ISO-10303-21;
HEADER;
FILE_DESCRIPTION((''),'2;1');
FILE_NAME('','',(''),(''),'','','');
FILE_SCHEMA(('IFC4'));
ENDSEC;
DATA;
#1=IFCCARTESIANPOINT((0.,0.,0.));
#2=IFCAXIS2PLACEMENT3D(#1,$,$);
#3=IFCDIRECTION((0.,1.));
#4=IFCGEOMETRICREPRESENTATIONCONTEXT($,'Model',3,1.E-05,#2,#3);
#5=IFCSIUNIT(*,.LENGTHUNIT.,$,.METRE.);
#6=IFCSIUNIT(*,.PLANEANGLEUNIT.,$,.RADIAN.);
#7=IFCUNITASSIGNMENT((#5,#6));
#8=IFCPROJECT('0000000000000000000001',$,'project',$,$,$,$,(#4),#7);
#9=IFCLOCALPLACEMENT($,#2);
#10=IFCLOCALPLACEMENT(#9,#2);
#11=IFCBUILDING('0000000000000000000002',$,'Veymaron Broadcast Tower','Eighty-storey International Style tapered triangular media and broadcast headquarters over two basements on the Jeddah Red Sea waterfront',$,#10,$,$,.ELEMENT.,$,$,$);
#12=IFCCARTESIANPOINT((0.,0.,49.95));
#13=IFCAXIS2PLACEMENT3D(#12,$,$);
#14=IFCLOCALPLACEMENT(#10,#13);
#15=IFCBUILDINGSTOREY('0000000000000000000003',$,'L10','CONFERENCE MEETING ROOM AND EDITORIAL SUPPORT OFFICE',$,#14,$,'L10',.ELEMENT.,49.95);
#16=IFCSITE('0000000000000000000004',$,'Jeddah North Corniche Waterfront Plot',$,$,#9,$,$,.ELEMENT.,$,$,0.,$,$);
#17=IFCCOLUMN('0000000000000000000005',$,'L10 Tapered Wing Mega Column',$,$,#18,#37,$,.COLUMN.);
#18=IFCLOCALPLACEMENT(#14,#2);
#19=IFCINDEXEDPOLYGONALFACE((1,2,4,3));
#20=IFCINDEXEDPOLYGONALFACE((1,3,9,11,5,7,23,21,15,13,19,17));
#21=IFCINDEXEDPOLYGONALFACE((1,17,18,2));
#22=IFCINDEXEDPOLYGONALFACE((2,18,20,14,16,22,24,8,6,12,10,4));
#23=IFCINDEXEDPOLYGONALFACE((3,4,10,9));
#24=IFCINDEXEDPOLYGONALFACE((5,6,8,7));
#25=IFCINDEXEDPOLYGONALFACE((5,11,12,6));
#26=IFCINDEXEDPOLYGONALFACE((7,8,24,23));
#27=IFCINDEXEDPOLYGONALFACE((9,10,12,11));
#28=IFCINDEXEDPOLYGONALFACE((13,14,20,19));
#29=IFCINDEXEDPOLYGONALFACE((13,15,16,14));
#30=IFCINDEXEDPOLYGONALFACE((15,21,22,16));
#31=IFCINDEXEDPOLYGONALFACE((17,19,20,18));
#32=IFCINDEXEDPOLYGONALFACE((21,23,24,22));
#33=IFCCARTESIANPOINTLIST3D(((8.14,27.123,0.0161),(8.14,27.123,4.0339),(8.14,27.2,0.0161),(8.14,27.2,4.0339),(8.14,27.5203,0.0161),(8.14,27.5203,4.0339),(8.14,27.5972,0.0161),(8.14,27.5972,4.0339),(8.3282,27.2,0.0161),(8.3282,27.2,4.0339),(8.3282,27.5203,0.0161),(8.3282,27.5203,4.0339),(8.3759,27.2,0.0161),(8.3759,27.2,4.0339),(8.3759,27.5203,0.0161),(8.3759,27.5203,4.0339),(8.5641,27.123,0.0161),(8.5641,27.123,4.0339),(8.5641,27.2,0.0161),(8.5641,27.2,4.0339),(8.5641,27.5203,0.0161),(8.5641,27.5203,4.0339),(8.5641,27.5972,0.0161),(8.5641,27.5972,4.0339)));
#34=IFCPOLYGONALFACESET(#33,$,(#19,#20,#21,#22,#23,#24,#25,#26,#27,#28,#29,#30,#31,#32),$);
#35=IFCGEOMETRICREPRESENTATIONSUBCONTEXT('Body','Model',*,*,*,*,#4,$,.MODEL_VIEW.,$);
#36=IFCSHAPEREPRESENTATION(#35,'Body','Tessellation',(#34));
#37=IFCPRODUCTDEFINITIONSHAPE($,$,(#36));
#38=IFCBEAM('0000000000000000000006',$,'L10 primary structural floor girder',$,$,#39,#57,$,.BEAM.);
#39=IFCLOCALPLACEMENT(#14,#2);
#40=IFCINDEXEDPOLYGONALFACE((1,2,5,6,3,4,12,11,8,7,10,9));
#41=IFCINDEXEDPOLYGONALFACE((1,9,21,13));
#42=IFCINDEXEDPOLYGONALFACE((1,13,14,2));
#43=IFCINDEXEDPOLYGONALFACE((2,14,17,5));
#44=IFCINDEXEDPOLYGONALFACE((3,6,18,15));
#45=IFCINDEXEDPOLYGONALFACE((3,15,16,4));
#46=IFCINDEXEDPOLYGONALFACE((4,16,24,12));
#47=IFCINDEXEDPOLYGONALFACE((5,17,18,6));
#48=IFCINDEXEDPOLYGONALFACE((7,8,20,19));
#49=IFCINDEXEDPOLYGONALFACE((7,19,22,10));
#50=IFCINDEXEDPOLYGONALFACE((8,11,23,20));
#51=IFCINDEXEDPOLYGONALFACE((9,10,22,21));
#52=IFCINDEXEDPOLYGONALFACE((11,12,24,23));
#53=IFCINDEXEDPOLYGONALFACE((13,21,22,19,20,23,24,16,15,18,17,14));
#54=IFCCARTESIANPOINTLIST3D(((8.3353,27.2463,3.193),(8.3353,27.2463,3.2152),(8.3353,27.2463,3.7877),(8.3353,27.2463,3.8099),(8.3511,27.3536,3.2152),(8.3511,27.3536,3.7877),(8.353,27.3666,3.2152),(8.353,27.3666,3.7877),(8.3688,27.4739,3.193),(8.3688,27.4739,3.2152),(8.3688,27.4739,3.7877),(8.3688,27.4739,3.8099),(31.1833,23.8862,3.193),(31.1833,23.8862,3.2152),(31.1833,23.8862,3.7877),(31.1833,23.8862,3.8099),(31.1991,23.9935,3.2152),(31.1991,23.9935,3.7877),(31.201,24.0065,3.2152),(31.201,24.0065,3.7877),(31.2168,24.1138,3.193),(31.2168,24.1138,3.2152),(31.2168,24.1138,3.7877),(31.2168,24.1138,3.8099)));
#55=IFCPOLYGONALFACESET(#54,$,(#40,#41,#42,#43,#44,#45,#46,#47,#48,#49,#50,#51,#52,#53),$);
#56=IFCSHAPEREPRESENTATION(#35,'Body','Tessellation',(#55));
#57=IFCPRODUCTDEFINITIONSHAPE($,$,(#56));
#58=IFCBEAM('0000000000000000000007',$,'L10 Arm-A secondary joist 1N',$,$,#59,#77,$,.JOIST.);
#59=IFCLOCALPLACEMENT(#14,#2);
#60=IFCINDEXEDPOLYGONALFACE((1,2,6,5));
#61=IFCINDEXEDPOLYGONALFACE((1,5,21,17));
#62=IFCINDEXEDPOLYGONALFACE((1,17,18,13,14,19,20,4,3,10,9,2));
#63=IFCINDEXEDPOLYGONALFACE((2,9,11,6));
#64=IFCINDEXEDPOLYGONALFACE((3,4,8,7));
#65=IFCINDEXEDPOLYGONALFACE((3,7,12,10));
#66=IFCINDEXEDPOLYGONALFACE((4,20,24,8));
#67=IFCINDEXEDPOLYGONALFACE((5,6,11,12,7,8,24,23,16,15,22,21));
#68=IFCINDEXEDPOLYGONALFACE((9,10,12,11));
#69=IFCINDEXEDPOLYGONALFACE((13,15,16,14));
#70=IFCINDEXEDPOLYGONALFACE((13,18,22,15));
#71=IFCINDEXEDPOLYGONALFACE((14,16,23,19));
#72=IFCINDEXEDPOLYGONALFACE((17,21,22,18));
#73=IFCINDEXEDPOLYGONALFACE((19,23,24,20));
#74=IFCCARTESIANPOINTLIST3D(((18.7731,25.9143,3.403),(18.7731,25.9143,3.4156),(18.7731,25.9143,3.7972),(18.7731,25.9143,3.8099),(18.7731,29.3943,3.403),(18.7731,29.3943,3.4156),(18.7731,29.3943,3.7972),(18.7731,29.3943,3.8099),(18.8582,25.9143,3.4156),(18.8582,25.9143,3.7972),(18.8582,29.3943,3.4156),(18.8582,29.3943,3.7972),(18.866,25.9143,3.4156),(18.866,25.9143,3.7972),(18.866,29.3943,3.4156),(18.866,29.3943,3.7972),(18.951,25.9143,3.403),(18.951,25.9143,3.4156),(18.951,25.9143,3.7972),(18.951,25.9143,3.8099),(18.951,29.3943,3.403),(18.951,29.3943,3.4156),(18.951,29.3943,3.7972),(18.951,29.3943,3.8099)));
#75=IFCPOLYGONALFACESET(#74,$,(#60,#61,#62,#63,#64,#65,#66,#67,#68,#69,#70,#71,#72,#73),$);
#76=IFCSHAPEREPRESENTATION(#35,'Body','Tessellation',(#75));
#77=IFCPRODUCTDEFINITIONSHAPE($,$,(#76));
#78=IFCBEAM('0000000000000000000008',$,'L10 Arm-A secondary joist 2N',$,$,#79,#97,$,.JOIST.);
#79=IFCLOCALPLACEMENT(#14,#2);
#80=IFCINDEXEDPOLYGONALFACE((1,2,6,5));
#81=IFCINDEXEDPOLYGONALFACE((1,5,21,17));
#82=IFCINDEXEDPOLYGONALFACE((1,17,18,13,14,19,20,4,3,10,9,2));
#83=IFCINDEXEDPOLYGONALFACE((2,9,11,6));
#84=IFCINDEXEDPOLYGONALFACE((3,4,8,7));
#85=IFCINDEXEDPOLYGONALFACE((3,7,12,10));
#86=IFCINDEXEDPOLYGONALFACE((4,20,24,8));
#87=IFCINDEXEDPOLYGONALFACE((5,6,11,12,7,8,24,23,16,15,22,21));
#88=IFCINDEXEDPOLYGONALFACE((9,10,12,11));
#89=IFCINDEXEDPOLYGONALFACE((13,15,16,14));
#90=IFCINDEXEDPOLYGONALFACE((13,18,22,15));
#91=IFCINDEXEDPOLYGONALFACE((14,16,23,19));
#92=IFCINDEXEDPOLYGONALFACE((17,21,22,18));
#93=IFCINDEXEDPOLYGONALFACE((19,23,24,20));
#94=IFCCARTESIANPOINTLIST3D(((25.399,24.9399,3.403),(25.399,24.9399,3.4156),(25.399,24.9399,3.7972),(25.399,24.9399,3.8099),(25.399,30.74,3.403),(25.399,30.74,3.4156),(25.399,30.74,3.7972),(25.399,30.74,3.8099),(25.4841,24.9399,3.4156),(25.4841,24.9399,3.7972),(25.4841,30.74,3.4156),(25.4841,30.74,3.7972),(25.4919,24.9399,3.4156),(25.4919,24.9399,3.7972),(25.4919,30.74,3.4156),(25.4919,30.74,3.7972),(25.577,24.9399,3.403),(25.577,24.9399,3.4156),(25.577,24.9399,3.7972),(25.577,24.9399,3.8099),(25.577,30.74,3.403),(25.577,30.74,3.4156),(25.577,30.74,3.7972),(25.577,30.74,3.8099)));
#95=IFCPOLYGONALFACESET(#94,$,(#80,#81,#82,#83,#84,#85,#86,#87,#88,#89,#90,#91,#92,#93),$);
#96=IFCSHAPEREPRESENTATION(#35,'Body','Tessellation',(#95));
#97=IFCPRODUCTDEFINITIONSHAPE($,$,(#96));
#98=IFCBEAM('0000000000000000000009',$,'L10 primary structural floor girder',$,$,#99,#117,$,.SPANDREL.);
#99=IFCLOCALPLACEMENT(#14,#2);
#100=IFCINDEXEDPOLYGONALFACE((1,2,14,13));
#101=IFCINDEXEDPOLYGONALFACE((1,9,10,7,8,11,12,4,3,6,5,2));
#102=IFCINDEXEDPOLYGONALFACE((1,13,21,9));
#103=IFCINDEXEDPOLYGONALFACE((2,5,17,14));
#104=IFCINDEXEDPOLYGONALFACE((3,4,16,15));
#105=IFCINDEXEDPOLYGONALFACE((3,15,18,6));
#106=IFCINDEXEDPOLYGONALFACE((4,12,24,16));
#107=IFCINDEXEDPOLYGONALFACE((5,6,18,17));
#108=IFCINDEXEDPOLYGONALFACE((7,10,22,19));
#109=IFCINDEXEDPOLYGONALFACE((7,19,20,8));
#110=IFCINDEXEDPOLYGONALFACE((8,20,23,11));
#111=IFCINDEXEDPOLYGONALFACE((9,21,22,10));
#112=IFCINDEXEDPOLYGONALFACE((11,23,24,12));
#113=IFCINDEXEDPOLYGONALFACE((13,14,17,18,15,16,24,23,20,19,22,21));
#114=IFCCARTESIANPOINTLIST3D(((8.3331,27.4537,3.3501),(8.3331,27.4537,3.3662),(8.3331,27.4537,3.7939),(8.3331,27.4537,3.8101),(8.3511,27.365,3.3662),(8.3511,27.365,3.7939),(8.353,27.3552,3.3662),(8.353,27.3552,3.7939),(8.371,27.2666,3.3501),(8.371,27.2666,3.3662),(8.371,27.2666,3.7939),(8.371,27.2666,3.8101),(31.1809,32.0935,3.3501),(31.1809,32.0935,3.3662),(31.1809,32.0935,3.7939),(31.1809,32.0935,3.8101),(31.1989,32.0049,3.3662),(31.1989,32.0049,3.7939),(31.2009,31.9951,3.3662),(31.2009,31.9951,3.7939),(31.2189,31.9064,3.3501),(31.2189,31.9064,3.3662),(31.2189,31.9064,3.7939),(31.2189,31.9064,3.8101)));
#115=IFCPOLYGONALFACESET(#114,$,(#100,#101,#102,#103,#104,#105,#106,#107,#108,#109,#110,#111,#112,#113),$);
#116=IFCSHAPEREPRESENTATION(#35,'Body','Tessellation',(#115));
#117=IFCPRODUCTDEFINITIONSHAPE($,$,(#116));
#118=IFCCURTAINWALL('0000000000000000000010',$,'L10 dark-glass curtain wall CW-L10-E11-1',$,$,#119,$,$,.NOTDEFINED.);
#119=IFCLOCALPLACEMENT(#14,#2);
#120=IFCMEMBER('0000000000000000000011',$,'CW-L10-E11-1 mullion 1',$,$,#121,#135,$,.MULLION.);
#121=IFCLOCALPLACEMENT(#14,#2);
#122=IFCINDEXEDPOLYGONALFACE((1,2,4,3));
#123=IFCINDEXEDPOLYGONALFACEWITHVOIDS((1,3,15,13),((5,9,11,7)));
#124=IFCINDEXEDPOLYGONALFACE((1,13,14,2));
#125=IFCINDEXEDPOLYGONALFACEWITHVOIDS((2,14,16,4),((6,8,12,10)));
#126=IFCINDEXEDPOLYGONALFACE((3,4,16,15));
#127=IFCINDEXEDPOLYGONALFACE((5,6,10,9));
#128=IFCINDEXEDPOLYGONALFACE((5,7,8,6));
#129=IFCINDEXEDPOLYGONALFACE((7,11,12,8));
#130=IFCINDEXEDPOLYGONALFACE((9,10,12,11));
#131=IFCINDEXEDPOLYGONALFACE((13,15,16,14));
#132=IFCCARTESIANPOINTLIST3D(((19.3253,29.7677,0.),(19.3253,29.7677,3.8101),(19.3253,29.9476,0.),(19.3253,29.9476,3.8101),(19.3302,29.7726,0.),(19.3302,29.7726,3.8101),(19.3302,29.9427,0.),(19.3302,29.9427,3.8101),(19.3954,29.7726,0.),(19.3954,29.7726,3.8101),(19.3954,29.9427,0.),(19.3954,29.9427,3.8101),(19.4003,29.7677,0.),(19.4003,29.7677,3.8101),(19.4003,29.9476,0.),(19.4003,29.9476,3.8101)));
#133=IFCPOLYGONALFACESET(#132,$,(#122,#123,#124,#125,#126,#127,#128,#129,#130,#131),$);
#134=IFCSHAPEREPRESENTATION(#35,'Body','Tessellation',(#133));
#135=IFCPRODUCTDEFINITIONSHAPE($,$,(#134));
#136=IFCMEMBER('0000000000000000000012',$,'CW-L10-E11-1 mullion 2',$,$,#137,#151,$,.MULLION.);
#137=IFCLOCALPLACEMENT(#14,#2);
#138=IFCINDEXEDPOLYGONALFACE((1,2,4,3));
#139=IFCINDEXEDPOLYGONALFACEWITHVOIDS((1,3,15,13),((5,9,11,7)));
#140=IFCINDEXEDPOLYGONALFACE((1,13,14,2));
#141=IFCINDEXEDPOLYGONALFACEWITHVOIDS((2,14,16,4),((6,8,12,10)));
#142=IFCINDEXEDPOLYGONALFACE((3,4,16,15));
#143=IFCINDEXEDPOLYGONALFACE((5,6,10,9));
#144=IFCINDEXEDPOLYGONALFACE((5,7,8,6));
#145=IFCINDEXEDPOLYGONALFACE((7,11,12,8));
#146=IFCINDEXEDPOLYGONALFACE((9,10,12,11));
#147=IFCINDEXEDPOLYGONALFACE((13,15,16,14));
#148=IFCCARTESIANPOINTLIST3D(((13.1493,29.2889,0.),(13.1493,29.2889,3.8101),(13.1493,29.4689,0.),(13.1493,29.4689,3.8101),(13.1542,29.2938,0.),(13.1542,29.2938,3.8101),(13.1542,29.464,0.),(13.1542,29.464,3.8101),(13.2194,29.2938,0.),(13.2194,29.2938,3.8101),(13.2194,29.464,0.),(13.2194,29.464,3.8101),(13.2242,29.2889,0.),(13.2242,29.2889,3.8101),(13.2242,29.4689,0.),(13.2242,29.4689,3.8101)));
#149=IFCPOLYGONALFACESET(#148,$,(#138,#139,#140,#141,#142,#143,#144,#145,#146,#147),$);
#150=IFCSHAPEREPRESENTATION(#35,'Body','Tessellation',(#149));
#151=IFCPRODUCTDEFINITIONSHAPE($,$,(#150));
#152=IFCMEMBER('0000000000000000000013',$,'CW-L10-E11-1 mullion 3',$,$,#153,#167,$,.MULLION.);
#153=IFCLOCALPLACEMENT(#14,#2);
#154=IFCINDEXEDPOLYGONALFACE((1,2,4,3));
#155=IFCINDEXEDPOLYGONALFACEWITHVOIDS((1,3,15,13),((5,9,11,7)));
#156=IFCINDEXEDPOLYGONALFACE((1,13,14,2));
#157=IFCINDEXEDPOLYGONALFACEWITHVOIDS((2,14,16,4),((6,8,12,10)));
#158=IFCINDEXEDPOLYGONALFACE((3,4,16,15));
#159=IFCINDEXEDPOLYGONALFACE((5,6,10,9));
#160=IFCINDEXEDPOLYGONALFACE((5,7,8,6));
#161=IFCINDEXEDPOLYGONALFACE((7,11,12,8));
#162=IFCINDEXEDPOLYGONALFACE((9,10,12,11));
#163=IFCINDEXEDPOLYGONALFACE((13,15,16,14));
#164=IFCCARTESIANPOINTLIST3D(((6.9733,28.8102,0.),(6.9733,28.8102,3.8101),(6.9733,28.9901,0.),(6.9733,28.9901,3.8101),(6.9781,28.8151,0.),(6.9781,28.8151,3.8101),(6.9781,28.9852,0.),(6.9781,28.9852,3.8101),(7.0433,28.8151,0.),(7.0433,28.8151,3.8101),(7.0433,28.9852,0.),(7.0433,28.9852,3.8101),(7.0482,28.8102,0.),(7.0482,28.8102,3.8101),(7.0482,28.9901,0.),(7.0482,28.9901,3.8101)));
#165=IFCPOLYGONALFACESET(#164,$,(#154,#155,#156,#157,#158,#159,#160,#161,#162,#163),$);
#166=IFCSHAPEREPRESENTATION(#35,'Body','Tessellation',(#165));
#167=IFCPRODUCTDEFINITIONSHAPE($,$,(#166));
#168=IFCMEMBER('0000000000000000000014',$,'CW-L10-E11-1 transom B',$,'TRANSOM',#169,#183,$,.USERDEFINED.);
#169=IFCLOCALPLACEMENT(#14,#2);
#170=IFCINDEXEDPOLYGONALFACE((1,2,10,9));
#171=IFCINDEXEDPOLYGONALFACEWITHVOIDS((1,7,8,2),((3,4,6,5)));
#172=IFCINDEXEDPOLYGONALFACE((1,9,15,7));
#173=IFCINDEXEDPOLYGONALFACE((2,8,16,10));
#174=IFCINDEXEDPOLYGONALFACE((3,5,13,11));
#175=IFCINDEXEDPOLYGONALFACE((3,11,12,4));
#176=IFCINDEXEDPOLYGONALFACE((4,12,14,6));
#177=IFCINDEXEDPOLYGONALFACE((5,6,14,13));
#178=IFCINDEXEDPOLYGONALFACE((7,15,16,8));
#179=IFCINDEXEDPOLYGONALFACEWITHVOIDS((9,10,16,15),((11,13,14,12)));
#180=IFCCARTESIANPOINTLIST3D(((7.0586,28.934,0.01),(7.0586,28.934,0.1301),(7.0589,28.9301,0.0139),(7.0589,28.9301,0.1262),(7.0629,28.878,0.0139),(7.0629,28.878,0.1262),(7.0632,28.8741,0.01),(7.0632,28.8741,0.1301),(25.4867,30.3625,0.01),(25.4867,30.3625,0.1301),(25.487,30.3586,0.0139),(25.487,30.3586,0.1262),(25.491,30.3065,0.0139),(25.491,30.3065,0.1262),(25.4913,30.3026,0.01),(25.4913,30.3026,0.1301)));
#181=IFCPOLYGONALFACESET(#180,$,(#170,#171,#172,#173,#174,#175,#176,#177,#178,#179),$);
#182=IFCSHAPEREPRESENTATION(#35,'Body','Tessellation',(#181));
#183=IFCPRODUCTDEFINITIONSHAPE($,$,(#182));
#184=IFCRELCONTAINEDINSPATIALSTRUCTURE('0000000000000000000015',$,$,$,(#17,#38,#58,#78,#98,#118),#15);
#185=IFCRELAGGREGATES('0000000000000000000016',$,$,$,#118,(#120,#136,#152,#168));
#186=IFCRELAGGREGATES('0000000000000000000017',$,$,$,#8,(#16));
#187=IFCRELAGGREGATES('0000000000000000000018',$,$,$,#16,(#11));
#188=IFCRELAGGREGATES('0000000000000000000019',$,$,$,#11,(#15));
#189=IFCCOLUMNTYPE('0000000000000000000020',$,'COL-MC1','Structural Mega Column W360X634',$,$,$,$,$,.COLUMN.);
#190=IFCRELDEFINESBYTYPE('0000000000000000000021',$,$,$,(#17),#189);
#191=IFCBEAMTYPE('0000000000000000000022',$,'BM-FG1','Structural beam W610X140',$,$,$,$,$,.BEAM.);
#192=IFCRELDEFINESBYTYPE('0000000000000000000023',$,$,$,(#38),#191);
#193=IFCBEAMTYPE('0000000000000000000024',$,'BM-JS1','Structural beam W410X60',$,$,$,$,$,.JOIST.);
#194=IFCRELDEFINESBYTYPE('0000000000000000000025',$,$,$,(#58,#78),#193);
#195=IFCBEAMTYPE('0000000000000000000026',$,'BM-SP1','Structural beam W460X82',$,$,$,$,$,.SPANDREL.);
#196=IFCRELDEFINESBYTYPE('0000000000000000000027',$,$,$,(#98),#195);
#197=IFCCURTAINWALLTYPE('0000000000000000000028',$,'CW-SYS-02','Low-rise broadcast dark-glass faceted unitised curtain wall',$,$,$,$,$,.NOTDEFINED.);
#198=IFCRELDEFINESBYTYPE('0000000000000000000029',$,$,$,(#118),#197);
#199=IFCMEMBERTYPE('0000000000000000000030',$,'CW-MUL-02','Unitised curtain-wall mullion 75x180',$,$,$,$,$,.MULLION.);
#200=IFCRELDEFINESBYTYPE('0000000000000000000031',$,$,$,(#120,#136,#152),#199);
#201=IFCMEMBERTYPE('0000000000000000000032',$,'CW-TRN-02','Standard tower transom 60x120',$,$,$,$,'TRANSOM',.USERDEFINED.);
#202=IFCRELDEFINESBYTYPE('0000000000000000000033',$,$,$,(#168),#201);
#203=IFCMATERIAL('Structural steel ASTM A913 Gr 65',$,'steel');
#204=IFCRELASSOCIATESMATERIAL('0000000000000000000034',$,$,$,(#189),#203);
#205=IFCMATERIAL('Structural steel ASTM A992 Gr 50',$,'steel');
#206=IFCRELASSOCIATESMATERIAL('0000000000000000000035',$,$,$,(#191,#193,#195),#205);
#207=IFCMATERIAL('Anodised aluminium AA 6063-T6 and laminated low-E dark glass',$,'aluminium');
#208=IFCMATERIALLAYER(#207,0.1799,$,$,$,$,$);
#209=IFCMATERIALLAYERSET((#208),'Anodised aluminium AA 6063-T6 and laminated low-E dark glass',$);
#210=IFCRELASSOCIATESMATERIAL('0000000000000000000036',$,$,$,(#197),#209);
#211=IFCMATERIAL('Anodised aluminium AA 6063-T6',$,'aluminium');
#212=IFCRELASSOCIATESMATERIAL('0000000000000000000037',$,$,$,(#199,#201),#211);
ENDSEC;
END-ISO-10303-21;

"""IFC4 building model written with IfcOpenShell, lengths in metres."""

from ifc_helpers import new_model, si_unit, direction, frame, origin, origin_2d, place, context, subcontext, project, spatial, hollow_rectangle, i_section, extrude, material, layer, layer_set, material_profile, profile_set, type_object, element, aggregate, save


model = new_model("IFC4")

# Units and contexts
model_context = context("Model", 3, precision=1e-05, world=origin(), true_north=direction((0.0, 1.0)))
body_context = subcontext(model_context, "Body", "Model", "MODEL_VIEW")
ifc_project = project(units=[si_unit("LENGTHUNIT", "METRE"), si_unit("PLANEANGLEUNIT", "RADIAN")], contexts=[model_context])

# Site, building, storey
site_placement = place(None, origin())
site = spatial("IfcSite", under=ifc_project, at=site_placement, Name="Jeddah North Corniche Waterfront Plot", CompositionType="ELEMENT", RefElevation=0.0)
building_placement = place(site_placement, origin())
building = spatial("IfcBuilding", under=site, at=building_placement, Name="Veymaron Broadcast Tower", Description="Eighty-storey International Style tapered triangular media and broadcast headquarters over two basements on the Jeddah Red Sea waterfront", CompositionType="ELEMENT")
storey_placement = place(building_placement, frame((0.0, 0.0, 49.95)))
storey = spatial("IfcBuildingStorey", under=building, at=storey_placement, Name="L10", Description="CONFERENCE MEETING ROOM AND EDITORIAL SUPPORT OFFICE", LongName="L10", CompositionType="ELEMENT", Elevation=49.95)

# Column
ifc_material_1 = material(Name="Structural steel ASTM A913 Gr 65", Category="steel")
ifc_material_profile_1 = material_profile(ifc_material_1, i_section(OverallWidth=0.4241, OverallDepth=0.4741, WebThickness=0.0476, FlangeThickness=0.0769, at=origin_2d()), Name="W360X634")
ifc_profile_set_1 = profile_set([ifc_material_profile_1], Name="Structural steel ASTM A913 Gr 65")
column_type = type_object("IfcColumnType", Name="COL-MC1", Description="Structural Mega Column W360X634", PredefinedType="COLUMN", material=ifc_profile_set_1)
column_placement = place(storey_placement, frame((8.3521, 27.3601, 0.0161), z_axis=(0.0, 0.0, 1.0), x_axis=(1.0, 0.0, 0.0)))
element("IfcColumn", 1, at=column_placement, inside=storey, type_object=column_type, Name="L10 Tapered Wing Mega Column", PredefinedType="COLUMN", context=body_context, shape_type="SweptSolid", body=[
    extrude(i_section(OverallWidth=0.4241, OverallDepth=0.4741, WebThickness=0.0476, FlangeThickness=0.0769, at=origin_2d()), origin(), (0.0, 0.0, 1.0), 4.0178),
])

# Beams
ifc_material_2 = material(Name="Structural steel ASTM A992 Gr 50", Category="steel")
ifc_material_profile_2 = material_profile(ifc_material_2, i_section(OverallWidth=0.23, OverallDepth=0.6169, WebThickness=0.0132, FlangeThickness=0.0222, at=origin_2d()), Name="W610X140")
ifc_profile_set_2 = profile_set([ifc_material_profile_2], Name="Structural steel ASTM A992 Gr 50")
beam_type_1 = type_object("IfcBeamType", Name="BM-FG1", Description="Structural beam W610X140", PredefinedType="BEAM", material=ifc_profile_set_2)
beam_1_placement = place(storey_placement, frame((8.3521, 27.3601, 3.5015), z_axis=(0.989358, -0.145499, 0.0), x_axis=(0.145499, 0.989358, 0.0)))
element("IfcBeam", 2, at=beam_1_placement, inside=storey, type_object=beam_type_1, Name="L10 primary structural floor girder", PredefinedType="BEAM", context=body_context, shape_type="SweptSolid", body=[
    extrude(i_section(OverallWidth=0.23, OverallDepth=0.6169, WebThickness=0.0132, FlangeThickness=0.0222, at=origin_2d()), origin(), (0.0, 0.0, 1.0), 23.0938),
])
ifc_material_profile_3 = material_profile(ifc_material_2, i_section(OverallWidth=0.178, OverallDepth=0.407, WebThickness=0.0078, FlangeThickness=0.0127, at=origin_2d()), Name="W410X60")
ifc_profile_set_3 = profile_set([ifc_material_profile_3], Name="Structural steel ASTM A992 Gr 50")
beam_type_2 = type_object("IfcBeamType", Name="BM-JS1", Description="Structural beam W410X60", PredefinedType="JOIST", material=ifc_profile_set_3)
beam_2_placement = place(storey_placement, frame((18.8621, 25.9143, 3.6064), z_axis=(0.0, 1.0, 0.0), x_axis=(-1.0, 0.0, 0.0)))
element("IfcBeam", 3, at=beam_2_placement, inside=storey, type_object=beam_type_2, Name="L10 Arm-A secondary joist 1N", PredefinedType="JOIST", context=body_context, shape_type="SweptSolid", body=[
    extrude(i_section(OverallWidth=0.178, OverallDepth=0.407, WebThickness=0.0078, FlangeThickness=0.0127, at=origin_2d()), origin(), (0.0, 0.0, 1.0), 3.48),
])
beam_3_placement = place(storey_placement, frame((25.488, 24.9399, 3.6064), z_axis=(0.0, 1.0, 0.0), x_axis=(-1.0, 0.0, 0.0)))
element("IfcBeam", 4, at=beam_3_placement, inside=storey, type_object=beam_type_2, Name="L10 Arm-A secondary joist 2N", PredefinedType="JOIST", context=body_context, shape_type="SweptSolid", body=[
    extrude(i_section(OverallWidth=0.178, OverallDepth=0.407, WebThickness=0.0078, FlangeThickness=0.0127, at=origin_2d()), origin(), (0.0, 0.0, 1.0), 5.8),
])
ifc_material_profile_4 = material_profile(ifc_material_2, i_section(OverallWidth=0.1909, OverallDepth=0.46, WebThickness=0.01, FlangeThickness=0.0161, at=origin_2d()), Name="W460X82")
ifc_profile_set_4 = profile_set([ifc_material_profile_4], Name="Structural steel ASTM A992 Gr 50")
beam_type_3 = type_object("IfcBeamType", Name="BM-SP1", Description="Structural beam W460X82", PredefinedType="SPANDREL", material=ifc_profile_set_4)
beam_4_placement = place(storey_placement, frame((8.3521, 27.3601, 3.5801), z_axis=(0.979996, 0.199015, 0.0), x_axis=(-0.199015, 0.979996, 0.0)))
element("IfcBeam", 5, at=beam_4_placement, inside=storey, type_object=beam_type_3, Name="L10 primary structural floor girder", PredefinedType="SPANDREL", context=body_context, shape_type="SweptSolid", body=[
    extrude(i_section(OverallWidth=0.1909, OverallDepth=0.46, WebThickness=0.01, FlangeThickness=0.0161, at=origin_2d()), origin(), (0.0, 0.0, 1.0), 23.3142),
])

# Curtain wall, members
ifc_material_3 = material(Name="Anodised aluminium AA 6063-T6 and laminated low-E dark glass", Category="aluminium")
ifc_layer_1 = layer(ifc_material_3, 0.1799)
ifc_layer_set_1 = layer_set([ifc_layer_1], Name="Anodised aluminium AA 6063-T6 and laminated low-E dark glass")
curtain_wall_type = type_object("IfcCurtainWallType", Name="CW-SYS-02", Description="Low-rise broadcast dark-glass faceted unitised curtain wall", PredefinedType="NOTDEFINED", material=ifc_layer_set_1)
curtain_wall_placement = place(storey_placement, origin())
curtain_wall = element("IfcCurtainWall", 6, at=curtain_wall_placement, inside=storey, type_object=curtain_wall_type, Name="L10 dark-glass curtain wall CW-L10-E11-1", PredefinedType="NOTDEFINED")
ifc_material_4 = material(Name="Anodised aluminium AA 6063-T6", Category="aluminium")
ifc_material_profile_5 = material_profile(ifc_material_4, hollow_rectangle(XDim=0.075, YDim=0.1799, WallThickness=0.0049, at=origin_2d()), Name="AL180X75X5")
ifc_profile_set_5 = profile_set([ifc_material_profile_5], Name="Anodised aluminium AA 6063-T6")
member_type_1 = type_object("IfcMemberType", Name="CW-MUL-02", Description="Unitised curtain-wall mullion 75x180", PredefinedType="MULLION", material=ifc_profile_set_5)
member_1_placement = place(storey_placement, frame((19.3628, 29.8577, 0.0), z_axis=(0.0, 0.0, 1.0), x_axis=(1.0, 0.0, 0.0)))
member_1 = element("IfcMember", 7, at=member_1_placement, type_object=member_type_1, Name="CW-L10-E11-1 mullion 1", PredefinedType="MULLION", context=body_context, shape_type="SweptSolid", body=[
    extrude(hollow_rectangle(XDim=0.075, YDim=0.1799, WallThickness=0.0049, at=origin_2d()), origin(), (0.0, 0.0, 1.0), 3.8101),
])
member_2_placement = place(storey_placement, frame((13.1868, 29.3789, 0.0), z_axis=(0.0, 0.0, 1.0), x_axis=(1.0, 0.0, 0.0)))
member_2 = element("IfcMember", 8, at=member_2_placement, type_object=member_type_1, Name="CW-L10-E11-1 mullion 2", PredefinedType="MULLION", context=body_context, shape_type="SweptSolid", body=[
    extrude(hollow_rectangle(XDim=0.075, YDim=0.1799, WallThickness=0.0049, at=origin_2d()), origin(), (0.0, 0.0, 1.0), 3.8101),
])
member_3_placement = place(storey_placement, frame((7.0107, 28.9001, 0.0), z_axis=(0.0, 0.0, 1.0), x_axis=(1.0, 0.0, 0.0)))
member_3 = element("IfcMember", 9, at=member_3_placement, type_object=member_type_1, Name="CW-L10-E11-1 mullion 3", PredefinedType="MULLION", context=body_context, shape_type="SweptSolid", body=[
    extrude(hollow_rectangle(XDim=0.075, YDim=0.1799, WallThickness=0.0049, at=origin_2d()), origin(), (0.0, 0.0, 1.0), 3.8101),
])
ifc_material_profile_6 = material_profile(ifc_material_4, hollow_rectangle(XDim=0.0601, YDim=0.1201, WallThickness=0.0039, at=origin_2d()), Name="AL120X60X4")
ifc_profile_set_6 = profile_set([ifc_material_profile_6], Name="Anodised aluminium AA 6063-T6")
member_type_2 = type_object("IfcMemberType", Name="CW-TRN-02", Description="Standard tower transom 60x120", ElementType="TRANSOM", PredefinedType="USERDEFINED", material=ifc_profile_set_6)
member_4_placement = place(storey_placement, frame((25.489, 30.3325, 0.0701), z_axis=(-0.997009, -0.077283, 0.0), x_axis=(0.077283, -0.997009, 0.0)))
member_4 = element("IfcMember", 10, at=member_4_placement, type_object=member_type_2, Name="CW-L10-E11-1 transom B", ObjectType="TRANSOM", PredefinedType="USERDEFINED", context=body_context, shape_type="SweptSolid", body=[
    extrude(hollow_rectangle(XDim=0.0601, YDim=0.1201, WallThickness=0.0039, at=origin_2d()), origin(), (0.0, 0.0, 1.0), 18.4834),
])
aggregate(curtain_wall, [member_1, member_2, member_3, member_4])

save(model, "model.ifc")
